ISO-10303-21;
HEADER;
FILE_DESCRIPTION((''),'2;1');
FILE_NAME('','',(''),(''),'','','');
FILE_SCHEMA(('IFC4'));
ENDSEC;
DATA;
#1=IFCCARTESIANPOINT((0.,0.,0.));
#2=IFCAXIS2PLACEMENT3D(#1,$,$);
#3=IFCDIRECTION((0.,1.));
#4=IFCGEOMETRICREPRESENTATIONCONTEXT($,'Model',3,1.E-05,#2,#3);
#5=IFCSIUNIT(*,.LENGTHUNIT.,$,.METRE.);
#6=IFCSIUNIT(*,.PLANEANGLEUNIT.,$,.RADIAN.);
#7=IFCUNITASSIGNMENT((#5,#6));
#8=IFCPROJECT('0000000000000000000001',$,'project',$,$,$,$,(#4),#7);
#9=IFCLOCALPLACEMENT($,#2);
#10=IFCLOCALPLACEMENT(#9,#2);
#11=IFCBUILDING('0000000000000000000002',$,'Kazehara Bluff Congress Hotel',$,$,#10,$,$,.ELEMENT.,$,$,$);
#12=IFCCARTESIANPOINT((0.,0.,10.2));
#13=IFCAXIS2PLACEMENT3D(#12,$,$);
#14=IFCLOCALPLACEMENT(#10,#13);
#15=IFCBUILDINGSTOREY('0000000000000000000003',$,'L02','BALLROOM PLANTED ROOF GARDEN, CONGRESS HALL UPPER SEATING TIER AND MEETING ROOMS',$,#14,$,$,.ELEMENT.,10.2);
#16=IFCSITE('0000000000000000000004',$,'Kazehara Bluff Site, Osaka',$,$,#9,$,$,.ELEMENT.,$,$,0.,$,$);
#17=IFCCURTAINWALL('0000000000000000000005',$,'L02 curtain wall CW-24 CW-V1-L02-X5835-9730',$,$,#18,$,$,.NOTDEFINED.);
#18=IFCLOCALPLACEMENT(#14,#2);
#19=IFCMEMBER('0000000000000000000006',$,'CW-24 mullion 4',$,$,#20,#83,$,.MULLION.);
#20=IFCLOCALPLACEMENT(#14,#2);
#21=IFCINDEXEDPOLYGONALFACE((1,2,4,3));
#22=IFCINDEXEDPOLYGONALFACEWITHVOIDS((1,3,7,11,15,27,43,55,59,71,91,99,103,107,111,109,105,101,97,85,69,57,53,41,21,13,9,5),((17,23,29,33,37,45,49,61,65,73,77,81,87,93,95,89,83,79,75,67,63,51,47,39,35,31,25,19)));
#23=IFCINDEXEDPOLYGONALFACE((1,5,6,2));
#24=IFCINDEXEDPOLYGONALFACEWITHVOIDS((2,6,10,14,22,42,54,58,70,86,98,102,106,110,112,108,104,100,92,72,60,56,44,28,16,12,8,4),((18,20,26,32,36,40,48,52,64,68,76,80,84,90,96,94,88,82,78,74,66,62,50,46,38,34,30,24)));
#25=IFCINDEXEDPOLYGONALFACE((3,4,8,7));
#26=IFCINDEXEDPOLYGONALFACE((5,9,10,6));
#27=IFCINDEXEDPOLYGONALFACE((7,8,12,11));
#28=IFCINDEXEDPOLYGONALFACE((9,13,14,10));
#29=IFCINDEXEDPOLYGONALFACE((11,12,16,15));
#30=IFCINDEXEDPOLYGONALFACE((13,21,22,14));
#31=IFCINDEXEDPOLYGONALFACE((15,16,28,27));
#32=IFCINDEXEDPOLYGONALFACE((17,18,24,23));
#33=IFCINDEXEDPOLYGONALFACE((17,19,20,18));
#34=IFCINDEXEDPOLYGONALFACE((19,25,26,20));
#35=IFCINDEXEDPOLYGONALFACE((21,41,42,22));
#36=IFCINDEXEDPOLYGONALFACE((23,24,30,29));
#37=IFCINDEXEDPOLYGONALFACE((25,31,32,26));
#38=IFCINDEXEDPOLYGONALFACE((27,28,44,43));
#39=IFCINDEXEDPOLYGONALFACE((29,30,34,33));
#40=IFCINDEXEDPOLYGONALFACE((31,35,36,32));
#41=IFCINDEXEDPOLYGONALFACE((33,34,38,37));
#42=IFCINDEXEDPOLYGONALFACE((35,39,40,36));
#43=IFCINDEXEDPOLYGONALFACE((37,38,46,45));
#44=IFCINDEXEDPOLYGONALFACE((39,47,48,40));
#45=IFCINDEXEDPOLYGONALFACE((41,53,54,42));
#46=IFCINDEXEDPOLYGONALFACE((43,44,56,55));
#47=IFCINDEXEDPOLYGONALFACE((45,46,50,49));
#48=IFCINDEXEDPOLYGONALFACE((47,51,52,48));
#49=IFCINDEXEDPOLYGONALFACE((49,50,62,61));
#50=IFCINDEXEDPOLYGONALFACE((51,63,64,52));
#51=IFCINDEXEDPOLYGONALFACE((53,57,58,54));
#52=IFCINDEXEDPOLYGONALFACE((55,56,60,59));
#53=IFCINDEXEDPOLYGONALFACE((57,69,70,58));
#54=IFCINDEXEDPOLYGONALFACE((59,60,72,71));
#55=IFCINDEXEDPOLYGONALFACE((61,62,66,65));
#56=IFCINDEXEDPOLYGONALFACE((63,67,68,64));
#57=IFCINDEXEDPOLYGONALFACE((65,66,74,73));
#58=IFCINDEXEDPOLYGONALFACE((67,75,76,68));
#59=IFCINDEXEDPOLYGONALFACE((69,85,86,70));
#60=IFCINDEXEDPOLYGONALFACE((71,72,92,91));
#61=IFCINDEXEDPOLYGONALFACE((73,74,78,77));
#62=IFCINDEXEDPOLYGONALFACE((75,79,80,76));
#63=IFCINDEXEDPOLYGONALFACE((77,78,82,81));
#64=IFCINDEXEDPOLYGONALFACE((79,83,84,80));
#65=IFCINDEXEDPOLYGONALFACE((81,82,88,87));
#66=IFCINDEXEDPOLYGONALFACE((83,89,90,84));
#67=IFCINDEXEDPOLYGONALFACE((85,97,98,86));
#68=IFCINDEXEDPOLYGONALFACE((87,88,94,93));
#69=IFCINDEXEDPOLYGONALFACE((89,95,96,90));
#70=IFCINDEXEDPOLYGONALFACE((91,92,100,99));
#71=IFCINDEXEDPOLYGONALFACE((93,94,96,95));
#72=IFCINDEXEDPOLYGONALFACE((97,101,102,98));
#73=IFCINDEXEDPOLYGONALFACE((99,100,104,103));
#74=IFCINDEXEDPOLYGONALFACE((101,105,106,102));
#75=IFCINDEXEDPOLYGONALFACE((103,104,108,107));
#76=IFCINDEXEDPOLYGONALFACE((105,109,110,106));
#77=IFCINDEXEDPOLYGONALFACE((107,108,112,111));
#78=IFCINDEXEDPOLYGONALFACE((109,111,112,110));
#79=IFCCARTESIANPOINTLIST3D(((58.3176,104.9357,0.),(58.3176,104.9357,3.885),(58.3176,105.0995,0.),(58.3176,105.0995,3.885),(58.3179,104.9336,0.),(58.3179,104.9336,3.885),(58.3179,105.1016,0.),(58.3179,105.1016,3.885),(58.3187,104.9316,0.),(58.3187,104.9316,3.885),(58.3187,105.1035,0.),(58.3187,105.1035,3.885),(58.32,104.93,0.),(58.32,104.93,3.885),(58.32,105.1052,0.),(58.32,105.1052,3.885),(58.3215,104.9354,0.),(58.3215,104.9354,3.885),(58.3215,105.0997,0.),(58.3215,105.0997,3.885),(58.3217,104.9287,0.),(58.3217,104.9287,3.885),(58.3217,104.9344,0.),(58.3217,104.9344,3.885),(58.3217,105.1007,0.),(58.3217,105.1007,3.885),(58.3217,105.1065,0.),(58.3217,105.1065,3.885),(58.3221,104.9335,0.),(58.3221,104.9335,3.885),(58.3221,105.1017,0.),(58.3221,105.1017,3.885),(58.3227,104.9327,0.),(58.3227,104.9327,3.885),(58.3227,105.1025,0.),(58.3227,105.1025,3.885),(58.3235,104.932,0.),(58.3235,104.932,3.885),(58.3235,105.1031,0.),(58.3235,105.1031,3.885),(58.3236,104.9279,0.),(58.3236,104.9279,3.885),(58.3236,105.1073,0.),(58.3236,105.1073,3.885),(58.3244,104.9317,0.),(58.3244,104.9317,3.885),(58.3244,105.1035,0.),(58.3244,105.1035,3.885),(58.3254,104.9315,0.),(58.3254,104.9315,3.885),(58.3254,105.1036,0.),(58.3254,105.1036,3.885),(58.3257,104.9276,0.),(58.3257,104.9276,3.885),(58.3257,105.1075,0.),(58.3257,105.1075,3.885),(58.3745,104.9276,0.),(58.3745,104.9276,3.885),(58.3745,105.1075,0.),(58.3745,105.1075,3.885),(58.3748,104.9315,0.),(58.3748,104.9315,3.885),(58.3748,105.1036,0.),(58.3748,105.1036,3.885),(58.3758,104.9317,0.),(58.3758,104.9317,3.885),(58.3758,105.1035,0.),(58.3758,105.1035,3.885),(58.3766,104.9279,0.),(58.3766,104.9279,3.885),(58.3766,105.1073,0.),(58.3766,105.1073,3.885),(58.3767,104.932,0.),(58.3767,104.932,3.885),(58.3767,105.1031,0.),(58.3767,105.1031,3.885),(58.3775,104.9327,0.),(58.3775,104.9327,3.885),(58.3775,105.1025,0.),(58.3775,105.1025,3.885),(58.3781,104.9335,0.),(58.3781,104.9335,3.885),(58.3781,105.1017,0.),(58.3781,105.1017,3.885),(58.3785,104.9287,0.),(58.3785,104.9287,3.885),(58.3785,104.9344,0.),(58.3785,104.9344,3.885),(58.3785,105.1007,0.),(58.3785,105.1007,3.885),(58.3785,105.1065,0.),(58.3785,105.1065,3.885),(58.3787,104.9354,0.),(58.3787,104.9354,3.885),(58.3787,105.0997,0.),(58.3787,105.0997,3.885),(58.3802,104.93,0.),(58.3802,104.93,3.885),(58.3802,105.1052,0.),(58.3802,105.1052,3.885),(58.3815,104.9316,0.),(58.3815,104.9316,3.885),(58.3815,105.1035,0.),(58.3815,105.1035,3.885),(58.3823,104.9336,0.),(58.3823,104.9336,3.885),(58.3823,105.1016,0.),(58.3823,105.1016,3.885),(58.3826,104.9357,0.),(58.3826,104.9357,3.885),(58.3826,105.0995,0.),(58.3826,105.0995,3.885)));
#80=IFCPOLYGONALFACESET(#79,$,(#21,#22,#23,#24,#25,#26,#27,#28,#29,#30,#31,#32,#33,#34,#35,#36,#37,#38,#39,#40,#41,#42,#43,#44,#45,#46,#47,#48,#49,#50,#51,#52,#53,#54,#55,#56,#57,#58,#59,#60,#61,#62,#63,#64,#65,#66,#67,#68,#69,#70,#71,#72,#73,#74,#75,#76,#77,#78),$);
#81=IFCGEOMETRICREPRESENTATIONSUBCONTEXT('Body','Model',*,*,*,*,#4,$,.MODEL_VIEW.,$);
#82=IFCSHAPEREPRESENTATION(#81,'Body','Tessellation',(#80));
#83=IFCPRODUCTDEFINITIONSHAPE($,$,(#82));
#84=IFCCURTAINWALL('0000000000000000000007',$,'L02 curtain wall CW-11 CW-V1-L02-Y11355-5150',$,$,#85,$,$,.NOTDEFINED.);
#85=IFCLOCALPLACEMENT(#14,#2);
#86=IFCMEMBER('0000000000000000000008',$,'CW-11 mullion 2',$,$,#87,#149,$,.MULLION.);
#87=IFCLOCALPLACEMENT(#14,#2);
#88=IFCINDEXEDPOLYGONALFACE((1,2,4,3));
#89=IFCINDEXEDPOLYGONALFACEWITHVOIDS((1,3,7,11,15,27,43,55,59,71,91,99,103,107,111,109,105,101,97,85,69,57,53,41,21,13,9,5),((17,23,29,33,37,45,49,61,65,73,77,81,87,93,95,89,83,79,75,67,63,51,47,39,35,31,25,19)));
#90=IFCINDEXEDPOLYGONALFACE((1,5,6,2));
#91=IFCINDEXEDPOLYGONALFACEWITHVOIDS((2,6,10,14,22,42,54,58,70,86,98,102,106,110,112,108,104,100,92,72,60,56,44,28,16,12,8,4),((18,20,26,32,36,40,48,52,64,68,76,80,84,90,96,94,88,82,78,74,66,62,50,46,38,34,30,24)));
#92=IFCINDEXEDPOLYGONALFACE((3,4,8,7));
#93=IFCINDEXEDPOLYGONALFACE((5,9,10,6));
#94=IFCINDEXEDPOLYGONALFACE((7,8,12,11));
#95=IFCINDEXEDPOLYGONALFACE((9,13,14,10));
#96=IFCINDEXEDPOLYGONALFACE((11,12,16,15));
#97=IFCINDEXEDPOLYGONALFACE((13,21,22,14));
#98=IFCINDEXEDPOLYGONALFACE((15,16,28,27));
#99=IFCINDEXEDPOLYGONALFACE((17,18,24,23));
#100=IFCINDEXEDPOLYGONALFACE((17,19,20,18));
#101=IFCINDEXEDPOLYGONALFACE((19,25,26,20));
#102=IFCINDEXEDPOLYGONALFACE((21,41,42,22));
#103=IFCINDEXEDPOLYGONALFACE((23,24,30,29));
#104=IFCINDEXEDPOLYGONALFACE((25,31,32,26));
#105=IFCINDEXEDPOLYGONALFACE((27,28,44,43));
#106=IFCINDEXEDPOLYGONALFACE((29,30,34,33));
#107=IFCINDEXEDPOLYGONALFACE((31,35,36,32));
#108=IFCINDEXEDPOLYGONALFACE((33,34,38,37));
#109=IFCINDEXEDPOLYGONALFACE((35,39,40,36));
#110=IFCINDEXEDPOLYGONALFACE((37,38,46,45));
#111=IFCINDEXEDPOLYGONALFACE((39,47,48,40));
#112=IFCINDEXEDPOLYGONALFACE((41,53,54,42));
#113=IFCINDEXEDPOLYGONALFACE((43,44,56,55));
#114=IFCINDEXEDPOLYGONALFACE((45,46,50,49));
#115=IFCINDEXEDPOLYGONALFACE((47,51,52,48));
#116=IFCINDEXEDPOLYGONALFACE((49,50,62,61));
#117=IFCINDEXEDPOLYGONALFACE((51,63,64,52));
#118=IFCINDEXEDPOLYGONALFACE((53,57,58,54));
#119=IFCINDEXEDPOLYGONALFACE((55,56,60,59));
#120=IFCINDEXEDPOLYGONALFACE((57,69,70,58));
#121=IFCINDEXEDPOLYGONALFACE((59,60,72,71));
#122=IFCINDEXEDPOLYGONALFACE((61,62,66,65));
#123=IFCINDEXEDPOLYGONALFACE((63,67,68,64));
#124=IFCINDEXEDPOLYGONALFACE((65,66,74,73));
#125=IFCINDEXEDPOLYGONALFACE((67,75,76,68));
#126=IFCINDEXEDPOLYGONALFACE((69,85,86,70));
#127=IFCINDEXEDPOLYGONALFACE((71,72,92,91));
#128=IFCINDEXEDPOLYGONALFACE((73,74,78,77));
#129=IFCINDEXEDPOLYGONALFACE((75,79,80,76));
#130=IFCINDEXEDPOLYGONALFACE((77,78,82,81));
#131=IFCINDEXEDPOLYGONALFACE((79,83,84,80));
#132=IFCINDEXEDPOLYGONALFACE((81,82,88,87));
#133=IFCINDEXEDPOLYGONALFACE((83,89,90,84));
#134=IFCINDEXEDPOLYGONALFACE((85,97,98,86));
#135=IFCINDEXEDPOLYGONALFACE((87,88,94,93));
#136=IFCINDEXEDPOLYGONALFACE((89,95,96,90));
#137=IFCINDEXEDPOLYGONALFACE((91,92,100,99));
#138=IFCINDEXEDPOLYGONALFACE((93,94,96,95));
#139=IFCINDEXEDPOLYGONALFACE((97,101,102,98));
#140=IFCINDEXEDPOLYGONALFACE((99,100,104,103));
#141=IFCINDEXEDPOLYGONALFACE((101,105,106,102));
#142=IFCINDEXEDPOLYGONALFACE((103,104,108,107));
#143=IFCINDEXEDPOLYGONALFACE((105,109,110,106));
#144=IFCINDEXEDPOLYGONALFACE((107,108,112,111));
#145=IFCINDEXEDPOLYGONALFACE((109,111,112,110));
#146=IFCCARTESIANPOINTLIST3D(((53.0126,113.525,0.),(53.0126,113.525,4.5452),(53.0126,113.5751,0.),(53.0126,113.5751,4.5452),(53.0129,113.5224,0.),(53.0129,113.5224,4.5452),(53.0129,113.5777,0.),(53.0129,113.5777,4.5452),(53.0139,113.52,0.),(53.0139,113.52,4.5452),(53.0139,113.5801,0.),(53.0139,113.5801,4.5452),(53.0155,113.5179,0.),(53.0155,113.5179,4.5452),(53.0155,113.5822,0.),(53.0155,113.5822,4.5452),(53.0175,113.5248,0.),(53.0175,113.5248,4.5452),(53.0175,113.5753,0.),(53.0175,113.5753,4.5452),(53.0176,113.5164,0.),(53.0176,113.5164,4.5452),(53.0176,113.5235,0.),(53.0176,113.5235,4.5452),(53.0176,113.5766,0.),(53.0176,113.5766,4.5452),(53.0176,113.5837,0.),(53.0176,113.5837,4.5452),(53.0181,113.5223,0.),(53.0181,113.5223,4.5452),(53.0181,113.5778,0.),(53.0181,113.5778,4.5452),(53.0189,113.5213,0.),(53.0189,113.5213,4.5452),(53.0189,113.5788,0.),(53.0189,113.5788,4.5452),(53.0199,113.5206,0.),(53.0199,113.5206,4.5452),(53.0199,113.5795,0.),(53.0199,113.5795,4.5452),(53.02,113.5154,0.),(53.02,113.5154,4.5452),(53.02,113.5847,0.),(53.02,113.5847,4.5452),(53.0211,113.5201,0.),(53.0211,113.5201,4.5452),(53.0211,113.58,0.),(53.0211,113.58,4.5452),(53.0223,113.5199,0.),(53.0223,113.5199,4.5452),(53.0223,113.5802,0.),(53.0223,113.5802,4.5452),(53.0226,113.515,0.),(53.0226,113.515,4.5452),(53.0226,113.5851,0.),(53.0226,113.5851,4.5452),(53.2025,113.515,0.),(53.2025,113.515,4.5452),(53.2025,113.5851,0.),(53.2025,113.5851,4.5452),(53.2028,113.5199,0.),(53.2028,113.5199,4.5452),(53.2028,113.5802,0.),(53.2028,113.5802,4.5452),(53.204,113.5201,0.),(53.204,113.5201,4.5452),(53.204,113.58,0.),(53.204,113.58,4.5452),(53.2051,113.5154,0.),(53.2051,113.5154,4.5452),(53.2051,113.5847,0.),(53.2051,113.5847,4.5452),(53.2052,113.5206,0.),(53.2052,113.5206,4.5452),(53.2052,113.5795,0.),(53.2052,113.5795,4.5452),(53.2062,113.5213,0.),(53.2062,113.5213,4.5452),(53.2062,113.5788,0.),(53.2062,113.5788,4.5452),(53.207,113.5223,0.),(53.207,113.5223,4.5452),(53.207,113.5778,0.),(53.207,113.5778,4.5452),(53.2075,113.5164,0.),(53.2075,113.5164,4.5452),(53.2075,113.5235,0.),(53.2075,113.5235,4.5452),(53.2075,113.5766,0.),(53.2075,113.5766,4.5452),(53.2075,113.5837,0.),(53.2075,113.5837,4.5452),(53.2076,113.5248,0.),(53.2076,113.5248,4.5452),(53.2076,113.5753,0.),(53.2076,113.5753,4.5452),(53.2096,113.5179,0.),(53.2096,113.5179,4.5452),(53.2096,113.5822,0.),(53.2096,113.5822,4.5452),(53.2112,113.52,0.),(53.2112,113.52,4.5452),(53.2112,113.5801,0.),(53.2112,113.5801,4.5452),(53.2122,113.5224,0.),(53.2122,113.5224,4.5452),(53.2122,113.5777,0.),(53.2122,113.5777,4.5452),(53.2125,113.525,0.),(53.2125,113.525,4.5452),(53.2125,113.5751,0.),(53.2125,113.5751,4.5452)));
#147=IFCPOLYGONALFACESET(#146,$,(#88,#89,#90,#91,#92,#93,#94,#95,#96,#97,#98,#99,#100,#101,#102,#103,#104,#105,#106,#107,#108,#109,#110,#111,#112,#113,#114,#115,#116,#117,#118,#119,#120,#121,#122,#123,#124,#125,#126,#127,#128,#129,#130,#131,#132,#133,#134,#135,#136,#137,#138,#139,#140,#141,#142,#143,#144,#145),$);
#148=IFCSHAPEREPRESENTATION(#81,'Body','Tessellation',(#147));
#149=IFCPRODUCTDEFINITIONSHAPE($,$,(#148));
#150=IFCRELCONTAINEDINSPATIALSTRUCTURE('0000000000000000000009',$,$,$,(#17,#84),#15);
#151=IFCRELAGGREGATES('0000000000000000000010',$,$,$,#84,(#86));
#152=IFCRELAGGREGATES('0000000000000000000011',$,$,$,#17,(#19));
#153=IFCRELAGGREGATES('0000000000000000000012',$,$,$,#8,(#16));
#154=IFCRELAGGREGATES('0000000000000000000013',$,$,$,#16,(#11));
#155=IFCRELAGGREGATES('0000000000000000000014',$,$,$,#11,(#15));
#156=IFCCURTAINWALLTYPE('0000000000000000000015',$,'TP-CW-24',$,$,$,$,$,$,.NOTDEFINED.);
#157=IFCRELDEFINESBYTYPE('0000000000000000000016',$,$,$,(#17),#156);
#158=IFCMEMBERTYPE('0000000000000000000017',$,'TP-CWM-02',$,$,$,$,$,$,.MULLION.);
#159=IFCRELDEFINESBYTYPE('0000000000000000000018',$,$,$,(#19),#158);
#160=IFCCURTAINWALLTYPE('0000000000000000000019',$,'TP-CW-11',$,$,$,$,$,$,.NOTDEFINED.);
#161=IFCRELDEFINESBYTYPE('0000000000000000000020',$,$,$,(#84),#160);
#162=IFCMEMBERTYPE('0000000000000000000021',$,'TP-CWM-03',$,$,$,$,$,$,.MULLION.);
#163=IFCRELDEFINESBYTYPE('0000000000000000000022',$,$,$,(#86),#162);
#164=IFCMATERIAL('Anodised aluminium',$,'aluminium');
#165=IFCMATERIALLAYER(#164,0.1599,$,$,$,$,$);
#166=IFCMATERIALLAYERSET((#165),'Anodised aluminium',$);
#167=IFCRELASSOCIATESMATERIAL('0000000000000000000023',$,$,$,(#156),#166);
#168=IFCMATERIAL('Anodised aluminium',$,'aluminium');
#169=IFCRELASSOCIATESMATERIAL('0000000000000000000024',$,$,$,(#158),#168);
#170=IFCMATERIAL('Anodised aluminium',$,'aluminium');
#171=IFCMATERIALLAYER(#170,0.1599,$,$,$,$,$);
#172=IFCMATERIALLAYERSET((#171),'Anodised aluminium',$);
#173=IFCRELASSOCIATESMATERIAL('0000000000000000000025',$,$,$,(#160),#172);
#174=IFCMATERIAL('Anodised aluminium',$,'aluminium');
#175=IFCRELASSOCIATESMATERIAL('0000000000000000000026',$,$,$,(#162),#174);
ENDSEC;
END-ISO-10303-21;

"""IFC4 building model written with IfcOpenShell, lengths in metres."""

from ifc_helpers import new_model, si_unit, direction, frame, origin, origin_2d, place, context, subcontext, project, spatial, hollow_rectangle, extrude, material, layer, layer_set, material_profile, profile_set, type_object, element, aggregate, save


model = new_model("IFC4")

# Units and contexts
model_context = context("Model", 3, precision=1e-05, world=origin(), true_north=direction((0.0, 1.0)))
body_context = subcontext(model_context, "Body", "Model", "MODEL_VIEW")
ifc_project = project(units=[si_unit("LENGTHUNIT", "METRE"), si_unit("PLANEANGLEUNIT", "RADIAN")], contexts=[model_context])

# Site, building, storey
site_placement = place(None, origin())
site = spatial("IfcSite", under=ifc_project, at=site_placement, Name="Kazehara Bluff Site, Osaka", CompositionType="ELEMENT", RefElevation=0.0)
building_placement = place(site_placement, origin())
building = spatial("IfcBuilding", under=site, at=building_placement, Name="Kazehara Bluff Congress Hotel", CompositionType="ELEMENT")
storey_placement = place(building_placement, frame((0.0, 0.0, 10.2)))
storey = spatial("IfcBuildingStorey", under=building, at=storey_placement, Name="L02", Description="BALLROOM PLANTED ROOF GARDEN, CONGRESS HALL UPPER SEATING TIER AND MEETING ROOMS", CompositionType="ELEMENT", Elevation=10.2)

# Curtain wall, member
ifc_material_1 = material(Name="Anodised aluminium", Category="aluminium")
ifc_layer_1 = layer(ifc_material_1, 0.1599)
ifc_layer_set_1 = layer_set([ifc_layer_1], Name="Anodised aluminium")
curtain_wall_type_1 = type_object("IfcCurtainWallType", Name="TP-CW-24", PredefinedType="NOTDEFINED", material=ifc_layer_set_1)
curtain_wall_1_placement = place(storey_placement, origin())
curtain_wall_1 = element("IfcCurtainWall", 1, at=curtain_wall_1_placement, inside=storey, type_object=curtain_wall_type_1, Name="L02 curtain wall CW-24 CW-V1-L02-X5835-9730", PredefinedType="NOTDEFINED")
ifc_material_2 = material(Name="Anodised aluminium", Category="aluminium")
ifc_material_profile_1 = material_profile(ifc_material_2, hollow_rectangle(XDim=0.0649, YDim=0.1799, WallThickness=0.0039, InnerFilletRadius=0.0039, OuterFilletRadius=0.0081, at=origin_2d()))
ifc_profile_set_1 = profile_set([ifc_material_profile_1], Name="Anodised aluminium")
member_type_1 = type_object("IfcMemberType", Name="TP-CWM-02", PredefinedType="MULLION", material=ifc_profile_set_1)
member_1_placement = place(storey_placement, frame((58.3501, 105.0176, 0.0), z_axis=(0.0, 0.0, 1.0), x_axis=(-1.0, 0.0, 0.0)))
member_1 = element("IfcMember", 2, at=member_1_placement, type_object=member_type_1, Name="CW-24 mullion 4", PredefinedType="MULLION", context=body_context, shape_type="SweptSolid", body=[
    extrude(hollow_rectangle(XDim=0.0649, YDim=0.1799, WallThickness=0.0039, InnerFilletRadius=0.0039, OuterFilletRadius=0.0081, at=origin_2d()), origin(), (0.0, 0.0, 1.0), 3.885),
])

# Curtain wall, member
ifc_material_3 = material(Name="Anodised aluminium", Category="aluminium")
ifc_layer_2 = layer(ifc_material_3, 0.1599)
ifc_layer_set_2 = layer_set([ifc_layer_2], Name="Anodised aluminium")
curtain_wall_type_2 = type_object("IfcCurtainWallType", Name="TP-CW-11", PredefinedType="NOTDEFINED", material=ifc_layer_set_2)
curtain_wall_2_placement = place(storey_placement, origin())
curtain_wall_2 = element("IfcCurtainWall", 3, at=curtain_wall_2_placement, inside=storey, type_object=curtain_wall_type_2, Name="L02 curtain wall CW-11 CW-V1-L02-Y11355-5150", PredefinedType="NOTDEFINED")
ifc_material_4 = material(Name="Anodised aluminium", Category="aluminium")
ifc_material_profile_2 = material_profile(ifc_material_4, hollow_rectangle(XDim=0.0701, YDim=0.2, WallThickness=0.0049, InnerFilletRadius=0.0049, OuterFilletRadius=0.01, at=origin_2d()))
ifc_profile_set_2 = profile_set([ifc_material_profile_2], Name="Anodised aluminium")
member_type_2 = type_object("IfcMemberType", Name="TP-CWM-03", PredefinedType="MULLION", material=ifc_profile_set_2)
member_2_placement = place(storey_placement, frame((53.1125, 113.55, 0.0), z_axis=(0.0, 0.0, 1.0), x_axis=(0.0, 1.0, 0.0)))
member_2 = element("IfcMember", 4, at=member_2_placement, type_object=member_type_2, Name="CW-11 mullion 2", PredefinedType="MULLION", context=body_context, shape_type="SweptSolid", body=[
    extrude(hollow_rectangle(XDim=0.0701, YDim=0.2, WallThickness=0.0049, InnerFilletRadius=0.0049, OuterFilletRadius=0.01, at=origin_2d()), origin(), (0.0, 0.0, 1.0), 4.5452),
])
aggregate(curtain_wall_2, [member_2])

aggregate(curtain_wall_1, [member_1])

save(model, "model.ifc")
